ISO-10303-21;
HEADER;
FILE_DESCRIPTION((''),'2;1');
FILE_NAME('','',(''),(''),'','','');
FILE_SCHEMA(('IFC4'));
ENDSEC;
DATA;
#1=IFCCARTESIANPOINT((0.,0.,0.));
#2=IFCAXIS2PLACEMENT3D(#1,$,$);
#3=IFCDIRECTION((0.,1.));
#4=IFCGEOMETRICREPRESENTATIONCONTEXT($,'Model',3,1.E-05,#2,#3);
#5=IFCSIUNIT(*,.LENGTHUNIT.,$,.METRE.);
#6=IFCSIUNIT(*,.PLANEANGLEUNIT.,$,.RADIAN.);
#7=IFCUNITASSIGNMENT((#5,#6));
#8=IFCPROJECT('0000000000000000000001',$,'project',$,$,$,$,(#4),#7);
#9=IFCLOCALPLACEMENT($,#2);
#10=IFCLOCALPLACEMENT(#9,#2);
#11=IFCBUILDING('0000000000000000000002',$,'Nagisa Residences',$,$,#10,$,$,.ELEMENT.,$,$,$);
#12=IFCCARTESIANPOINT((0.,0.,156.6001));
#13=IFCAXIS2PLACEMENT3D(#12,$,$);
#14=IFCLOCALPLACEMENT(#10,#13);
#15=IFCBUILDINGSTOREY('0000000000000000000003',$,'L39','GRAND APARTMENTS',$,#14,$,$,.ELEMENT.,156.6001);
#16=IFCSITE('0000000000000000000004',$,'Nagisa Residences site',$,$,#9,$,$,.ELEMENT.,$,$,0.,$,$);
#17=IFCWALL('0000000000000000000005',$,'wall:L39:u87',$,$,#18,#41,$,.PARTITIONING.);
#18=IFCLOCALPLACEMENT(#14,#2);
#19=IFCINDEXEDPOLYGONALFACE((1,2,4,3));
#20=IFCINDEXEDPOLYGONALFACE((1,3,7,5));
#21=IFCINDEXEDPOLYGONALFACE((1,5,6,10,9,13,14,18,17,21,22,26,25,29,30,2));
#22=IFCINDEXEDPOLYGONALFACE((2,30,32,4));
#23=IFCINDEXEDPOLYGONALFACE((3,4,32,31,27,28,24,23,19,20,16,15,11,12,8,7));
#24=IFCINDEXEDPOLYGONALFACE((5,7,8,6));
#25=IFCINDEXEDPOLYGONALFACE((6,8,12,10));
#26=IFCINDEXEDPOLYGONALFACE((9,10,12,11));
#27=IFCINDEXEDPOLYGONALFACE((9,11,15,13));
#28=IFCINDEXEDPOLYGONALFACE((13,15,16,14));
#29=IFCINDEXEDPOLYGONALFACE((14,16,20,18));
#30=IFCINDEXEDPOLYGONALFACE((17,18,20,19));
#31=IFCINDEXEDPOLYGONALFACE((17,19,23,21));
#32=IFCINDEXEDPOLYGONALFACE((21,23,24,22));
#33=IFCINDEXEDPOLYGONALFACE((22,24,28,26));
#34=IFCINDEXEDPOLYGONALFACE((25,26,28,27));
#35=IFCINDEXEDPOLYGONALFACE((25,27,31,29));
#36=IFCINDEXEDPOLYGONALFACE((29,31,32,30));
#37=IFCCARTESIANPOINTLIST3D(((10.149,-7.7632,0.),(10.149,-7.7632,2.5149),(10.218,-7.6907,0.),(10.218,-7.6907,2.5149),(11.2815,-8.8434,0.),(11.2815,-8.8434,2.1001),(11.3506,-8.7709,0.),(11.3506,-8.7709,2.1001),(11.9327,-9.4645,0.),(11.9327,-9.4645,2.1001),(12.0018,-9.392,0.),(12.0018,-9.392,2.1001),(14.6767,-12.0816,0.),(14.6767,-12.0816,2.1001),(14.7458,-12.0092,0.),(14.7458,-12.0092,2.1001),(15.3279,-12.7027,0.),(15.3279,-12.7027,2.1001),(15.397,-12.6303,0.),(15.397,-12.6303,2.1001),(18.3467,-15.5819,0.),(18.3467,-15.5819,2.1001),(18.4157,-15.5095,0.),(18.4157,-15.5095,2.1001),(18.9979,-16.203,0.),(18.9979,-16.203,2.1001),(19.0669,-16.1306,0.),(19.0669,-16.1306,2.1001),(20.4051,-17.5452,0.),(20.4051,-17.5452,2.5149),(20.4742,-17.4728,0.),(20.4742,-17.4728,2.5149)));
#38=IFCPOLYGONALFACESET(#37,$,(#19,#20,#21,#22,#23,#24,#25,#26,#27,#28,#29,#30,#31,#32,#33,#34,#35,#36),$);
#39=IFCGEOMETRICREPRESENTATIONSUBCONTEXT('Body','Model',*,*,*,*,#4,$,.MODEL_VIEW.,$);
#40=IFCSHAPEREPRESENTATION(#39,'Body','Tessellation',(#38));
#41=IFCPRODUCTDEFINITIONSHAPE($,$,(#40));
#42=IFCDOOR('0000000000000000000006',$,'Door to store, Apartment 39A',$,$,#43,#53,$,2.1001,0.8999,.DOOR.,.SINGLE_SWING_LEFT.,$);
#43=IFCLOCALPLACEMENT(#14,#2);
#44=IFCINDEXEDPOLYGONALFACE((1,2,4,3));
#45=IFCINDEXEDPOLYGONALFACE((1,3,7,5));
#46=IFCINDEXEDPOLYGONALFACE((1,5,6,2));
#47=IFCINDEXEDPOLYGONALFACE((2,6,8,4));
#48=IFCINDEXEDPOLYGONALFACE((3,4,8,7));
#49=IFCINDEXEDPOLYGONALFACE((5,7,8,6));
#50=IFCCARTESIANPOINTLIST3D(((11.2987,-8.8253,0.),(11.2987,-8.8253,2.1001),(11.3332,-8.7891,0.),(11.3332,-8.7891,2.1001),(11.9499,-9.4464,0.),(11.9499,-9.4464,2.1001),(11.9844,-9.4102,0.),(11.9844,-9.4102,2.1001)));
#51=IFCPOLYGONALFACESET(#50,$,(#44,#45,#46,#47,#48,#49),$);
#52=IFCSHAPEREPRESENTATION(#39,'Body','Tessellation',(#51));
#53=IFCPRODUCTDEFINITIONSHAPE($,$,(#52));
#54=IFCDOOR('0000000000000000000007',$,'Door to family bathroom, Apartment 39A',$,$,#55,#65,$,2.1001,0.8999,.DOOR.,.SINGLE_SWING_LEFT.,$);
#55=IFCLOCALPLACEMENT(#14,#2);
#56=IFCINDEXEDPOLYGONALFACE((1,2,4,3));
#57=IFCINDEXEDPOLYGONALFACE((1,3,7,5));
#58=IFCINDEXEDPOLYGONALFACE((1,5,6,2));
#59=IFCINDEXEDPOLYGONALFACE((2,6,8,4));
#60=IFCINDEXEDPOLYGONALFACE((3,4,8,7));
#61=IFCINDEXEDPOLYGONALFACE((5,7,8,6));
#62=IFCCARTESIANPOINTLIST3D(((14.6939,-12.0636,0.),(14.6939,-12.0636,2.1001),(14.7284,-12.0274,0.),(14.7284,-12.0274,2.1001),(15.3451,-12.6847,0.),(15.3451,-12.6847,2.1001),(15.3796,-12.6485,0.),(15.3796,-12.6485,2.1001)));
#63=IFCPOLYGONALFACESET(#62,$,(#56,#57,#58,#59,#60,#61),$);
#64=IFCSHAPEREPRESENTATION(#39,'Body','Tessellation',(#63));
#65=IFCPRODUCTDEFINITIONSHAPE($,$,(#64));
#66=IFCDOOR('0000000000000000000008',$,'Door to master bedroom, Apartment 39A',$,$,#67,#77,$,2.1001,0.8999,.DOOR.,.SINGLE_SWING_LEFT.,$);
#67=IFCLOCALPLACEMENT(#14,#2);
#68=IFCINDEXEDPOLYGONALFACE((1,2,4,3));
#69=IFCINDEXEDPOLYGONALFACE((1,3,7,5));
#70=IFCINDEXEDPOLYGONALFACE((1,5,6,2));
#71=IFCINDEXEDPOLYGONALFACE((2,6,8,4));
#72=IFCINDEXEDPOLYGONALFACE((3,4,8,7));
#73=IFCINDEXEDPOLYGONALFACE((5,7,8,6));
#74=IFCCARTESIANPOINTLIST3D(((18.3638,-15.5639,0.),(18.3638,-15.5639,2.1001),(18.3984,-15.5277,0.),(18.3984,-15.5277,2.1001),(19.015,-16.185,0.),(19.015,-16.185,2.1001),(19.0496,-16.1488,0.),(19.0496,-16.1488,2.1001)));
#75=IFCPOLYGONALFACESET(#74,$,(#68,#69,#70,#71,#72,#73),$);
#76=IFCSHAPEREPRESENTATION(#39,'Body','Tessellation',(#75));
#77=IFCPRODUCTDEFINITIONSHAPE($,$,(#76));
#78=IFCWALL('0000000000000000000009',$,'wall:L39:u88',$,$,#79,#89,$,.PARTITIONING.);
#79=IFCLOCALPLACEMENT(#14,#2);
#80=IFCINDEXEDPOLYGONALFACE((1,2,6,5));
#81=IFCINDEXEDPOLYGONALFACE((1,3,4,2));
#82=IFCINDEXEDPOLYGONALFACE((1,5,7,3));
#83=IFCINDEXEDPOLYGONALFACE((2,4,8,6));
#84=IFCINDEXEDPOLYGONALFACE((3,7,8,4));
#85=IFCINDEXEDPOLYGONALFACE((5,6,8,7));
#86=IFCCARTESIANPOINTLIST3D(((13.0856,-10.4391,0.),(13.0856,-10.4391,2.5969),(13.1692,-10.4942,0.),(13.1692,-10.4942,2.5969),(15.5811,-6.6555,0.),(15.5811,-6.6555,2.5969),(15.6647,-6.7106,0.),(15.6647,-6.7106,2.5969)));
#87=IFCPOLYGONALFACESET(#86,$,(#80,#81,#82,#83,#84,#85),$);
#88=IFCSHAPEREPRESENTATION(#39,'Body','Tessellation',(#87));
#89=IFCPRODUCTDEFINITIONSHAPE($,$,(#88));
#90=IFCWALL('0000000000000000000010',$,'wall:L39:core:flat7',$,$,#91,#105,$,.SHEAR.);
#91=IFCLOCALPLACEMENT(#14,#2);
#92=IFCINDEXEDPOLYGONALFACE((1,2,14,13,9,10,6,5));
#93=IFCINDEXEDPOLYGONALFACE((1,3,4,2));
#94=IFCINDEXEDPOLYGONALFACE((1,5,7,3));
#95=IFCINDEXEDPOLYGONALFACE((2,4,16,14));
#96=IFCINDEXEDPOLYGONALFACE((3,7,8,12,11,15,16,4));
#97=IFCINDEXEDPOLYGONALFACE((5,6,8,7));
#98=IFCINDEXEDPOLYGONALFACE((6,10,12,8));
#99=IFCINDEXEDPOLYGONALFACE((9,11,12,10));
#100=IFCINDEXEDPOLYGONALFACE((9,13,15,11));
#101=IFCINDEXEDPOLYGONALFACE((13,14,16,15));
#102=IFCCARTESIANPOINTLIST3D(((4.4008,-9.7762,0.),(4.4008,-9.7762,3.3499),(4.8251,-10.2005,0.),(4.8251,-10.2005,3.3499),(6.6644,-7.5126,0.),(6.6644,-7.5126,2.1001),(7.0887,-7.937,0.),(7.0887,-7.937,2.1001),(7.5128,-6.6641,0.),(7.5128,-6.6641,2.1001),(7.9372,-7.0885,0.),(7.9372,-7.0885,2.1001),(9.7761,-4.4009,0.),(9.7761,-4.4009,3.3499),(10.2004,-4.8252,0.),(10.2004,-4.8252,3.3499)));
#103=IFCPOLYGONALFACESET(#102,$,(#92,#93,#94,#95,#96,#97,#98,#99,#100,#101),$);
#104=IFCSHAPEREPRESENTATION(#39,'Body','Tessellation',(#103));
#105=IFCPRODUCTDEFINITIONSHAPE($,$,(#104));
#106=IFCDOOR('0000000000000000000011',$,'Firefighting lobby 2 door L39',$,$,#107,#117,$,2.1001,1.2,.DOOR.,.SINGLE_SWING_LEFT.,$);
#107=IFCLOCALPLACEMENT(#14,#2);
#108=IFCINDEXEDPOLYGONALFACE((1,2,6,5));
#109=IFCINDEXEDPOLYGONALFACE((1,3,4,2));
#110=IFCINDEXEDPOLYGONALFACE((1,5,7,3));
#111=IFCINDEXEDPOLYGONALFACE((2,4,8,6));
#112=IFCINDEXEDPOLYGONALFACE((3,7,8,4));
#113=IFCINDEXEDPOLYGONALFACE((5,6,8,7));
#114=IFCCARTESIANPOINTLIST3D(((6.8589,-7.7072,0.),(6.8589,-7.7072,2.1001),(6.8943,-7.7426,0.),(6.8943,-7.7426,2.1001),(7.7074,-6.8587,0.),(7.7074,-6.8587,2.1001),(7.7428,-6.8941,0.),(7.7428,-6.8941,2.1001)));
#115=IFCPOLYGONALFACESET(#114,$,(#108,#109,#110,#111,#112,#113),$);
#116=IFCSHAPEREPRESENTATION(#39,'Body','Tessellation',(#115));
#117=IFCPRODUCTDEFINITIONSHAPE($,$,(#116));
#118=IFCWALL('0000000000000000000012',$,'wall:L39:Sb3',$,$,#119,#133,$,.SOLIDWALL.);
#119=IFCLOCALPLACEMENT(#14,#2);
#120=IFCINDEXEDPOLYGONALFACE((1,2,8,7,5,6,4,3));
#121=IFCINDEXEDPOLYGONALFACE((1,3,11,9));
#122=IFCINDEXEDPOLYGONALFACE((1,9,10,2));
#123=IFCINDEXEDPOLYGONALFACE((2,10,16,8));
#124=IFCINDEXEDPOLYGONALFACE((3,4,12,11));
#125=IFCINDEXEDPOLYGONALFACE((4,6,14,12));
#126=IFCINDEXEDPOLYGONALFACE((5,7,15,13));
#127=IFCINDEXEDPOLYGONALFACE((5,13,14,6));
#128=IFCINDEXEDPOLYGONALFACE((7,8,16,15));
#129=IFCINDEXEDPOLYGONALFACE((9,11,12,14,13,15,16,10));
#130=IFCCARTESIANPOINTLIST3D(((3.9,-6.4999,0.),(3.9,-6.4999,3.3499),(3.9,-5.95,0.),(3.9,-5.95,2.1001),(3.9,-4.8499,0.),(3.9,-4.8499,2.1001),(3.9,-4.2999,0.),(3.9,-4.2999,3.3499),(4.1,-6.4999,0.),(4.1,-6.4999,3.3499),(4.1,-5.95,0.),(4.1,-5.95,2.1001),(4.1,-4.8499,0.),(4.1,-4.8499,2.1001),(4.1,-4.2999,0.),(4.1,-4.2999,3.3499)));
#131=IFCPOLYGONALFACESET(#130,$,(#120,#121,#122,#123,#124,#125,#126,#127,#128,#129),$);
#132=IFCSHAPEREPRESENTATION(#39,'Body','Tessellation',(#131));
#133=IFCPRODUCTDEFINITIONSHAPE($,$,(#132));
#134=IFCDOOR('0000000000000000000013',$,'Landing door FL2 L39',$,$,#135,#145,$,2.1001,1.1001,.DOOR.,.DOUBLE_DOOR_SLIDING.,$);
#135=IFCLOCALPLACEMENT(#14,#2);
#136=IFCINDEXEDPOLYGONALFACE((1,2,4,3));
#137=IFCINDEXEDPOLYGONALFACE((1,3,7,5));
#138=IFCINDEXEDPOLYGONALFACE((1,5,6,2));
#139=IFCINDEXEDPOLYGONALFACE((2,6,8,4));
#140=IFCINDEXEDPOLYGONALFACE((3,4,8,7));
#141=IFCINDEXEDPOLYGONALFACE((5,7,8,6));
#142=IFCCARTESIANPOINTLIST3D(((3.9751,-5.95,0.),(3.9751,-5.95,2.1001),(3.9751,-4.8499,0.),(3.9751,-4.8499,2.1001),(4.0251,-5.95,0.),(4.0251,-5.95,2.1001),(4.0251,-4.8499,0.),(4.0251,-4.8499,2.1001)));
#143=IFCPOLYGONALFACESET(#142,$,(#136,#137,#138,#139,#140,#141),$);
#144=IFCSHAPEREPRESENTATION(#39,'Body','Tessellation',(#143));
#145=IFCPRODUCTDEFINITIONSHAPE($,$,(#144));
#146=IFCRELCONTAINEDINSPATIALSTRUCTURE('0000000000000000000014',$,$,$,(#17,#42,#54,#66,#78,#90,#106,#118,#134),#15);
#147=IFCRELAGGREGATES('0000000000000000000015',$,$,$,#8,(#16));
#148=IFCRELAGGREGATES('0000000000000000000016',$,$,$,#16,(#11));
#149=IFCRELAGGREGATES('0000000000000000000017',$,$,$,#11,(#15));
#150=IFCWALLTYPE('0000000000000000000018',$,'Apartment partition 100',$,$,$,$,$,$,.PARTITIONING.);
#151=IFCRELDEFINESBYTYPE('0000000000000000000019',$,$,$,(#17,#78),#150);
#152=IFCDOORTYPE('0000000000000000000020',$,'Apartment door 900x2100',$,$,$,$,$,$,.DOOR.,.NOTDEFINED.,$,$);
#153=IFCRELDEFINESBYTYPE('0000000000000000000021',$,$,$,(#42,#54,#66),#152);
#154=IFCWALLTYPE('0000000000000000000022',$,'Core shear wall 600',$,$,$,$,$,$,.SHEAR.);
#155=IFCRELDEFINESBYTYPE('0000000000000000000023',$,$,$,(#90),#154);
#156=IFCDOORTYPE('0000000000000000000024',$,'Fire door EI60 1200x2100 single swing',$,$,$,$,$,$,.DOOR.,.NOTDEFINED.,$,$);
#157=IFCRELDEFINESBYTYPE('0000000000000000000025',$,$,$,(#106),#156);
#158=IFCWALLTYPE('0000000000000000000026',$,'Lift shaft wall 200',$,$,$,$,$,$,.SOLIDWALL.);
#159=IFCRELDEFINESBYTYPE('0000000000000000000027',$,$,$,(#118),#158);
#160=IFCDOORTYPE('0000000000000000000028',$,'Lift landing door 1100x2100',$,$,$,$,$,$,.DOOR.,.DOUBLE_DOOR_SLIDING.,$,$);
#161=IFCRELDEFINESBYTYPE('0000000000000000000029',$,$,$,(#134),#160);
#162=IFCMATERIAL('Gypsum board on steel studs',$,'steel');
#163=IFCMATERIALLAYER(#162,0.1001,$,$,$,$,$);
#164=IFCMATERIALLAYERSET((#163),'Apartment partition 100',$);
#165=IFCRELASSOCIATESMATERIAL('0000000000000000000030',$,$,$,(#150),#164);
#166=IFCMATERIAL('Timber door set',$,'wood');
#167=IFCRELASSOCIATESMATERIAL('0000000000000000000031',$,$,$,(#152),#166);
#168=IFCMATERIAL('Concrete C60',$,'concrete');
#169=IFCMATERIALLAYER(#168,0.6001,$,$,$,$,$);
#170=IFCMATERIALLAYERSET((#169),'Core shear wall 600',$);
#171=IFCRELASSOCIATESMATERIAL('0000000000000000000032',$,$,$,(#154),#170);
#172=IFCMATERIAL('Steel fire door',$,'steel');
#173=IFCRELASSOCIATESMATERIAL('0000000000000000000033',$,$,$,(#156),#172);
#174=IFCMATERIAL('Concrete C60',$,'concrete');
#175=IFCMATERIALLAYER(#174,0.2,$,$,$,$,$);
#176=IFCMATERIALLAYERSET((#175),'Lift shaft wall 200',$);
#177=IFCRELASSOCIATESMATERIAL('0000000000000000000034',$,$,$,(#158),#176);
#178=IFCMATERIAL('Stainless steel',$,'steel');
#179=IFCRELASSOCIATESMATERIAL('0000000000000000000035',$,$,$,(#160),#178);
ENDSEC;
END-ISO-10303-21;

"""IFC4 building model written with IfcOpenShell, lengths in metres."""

from ifc_helpers import new_model, si_unit, direction, frame, frame_2d, origin, place, context, subcontext, project, spatial, rectangle, extrude, material, layer, layer_set, type_object, element, fill, save


model = new_model("IFC4")

# Units and contexts
model_context = context("Model", 3, precision=1e-05, world=origin(), true_north=direction((0.0, 1.0)))
body_context = subcontext(model_context, "Body", "Model", "MODEL_VIEW")
ifc_project = project(units=[si_unit("LENGTHUNIT", "METRE"), si_unit("PLANEANGLEUNIT", "RADIAN")], contexts=[model_context])

# Site, building, storey
site_placement = place(None, origin())
site = spatial("IfcSite", under=ifc_project, at=site_placement, Name="Nagisa Residences site", CompositionType="ELEMENT", RefElevation=0.0)
building_placement = place(site_placement, origin())
building = spatial("IfcBuilding", under=site, at=building_placement, Name="Nagisa Residences", CompositionType="ELEMENT")
storey_placement = place(building_placement, frame((0.0, 0.0, 156.6001)))
storey = spatial("IfcBuildingStorey", under=building, at=storey_placement, Name="L39", Description="GRAND APARTMENTS", CompositionType="ELEMENT", Elevation=156.6001)

# Wall, openings, doors
ifc_material_1 = material(Name="Gypsum board on steel studs", Category="steel")
ifc_layer_1 = layer(ifc_material_1, 0.1001)
ifc_layer_set_1 = layer_set([ifc_layer_1], Name="Apartment partition 100")
wall_type_1 = type_object("IfcWallType", Name="Apartment partition 100", PredefinedType="PARTITIONING", material=ifc_layer_set_1)
ifc_material_2 = material(Name="Timber door set", Category="wood")
door_type_1 = type_object("IfcDoorType", Name="Apartment door 900x2100", OperationType="NOTDEFINED", PredefinedType="DOOR", material=ifc_material_2)
wall_1_placement = place(storey_placement, frame((10.1836, -7.7271, 0.0), z_axis=(0.0, 0.0, 1.0), x_axis=(0.723635, -0.690183, 0.0)))
wall_1 = element("IfcWall", 1, at=wall_1_placement, inside=storey, type_object=wall_type_1, Name="wall:L39:u87", PredefinedType="PARTITIONING", context=body_context, shape_type="SweptSolid", body=[
    extrude(rectangle(XDim=14.1731, YDim=0.1001, at=frame_2d((7.0864, 0.0))), origin(), (0.0, 0.0, 1.0), 2.5149),
])
opening_1_placement = place(wall_1_placement, frame((1.5649, 0.0, 0.0)))
opening_1 = element("IfcOpeningElement", 2, at=opening_1_placement, cuts=wall_1, PredefinedType="OPENING", context=body_context, shape_type="SweptSolid", body=[
    extrude(rectangle(XDim=0.8999, YDim=2.1001, at=frame_2d((0.45, 1.05))), frame((0.0, 0.0601, 0.0), z_axis=(0.0, -1.0, 0.0), x_axis=(1.0, 0.0, 0.0)), (0.0, 0.0, 1.0), 0.1201),
])
opening_2_placement = place(wall_1_placement, frame((6.2568, 0.0, 0.0)))
opening_2 = element("IfcOpeningElement", 3, at=opening_2_placement, cuts=wall_1, PredefinedType="OPENING", context=body_context, shape_type="SweptSolid", body=[
    extrude(rectangle(XDim=0.8999, YDim=2.1001, at=frame_2d((0.45, 1.05))), frame((0.0, 0.0601, 0.0), z_axis=(0.0, -1.0, 0.0), x_axis=(1.0, 0.0, 0.0)), (0.0, 0.0, 1.0), 0.1201),
])
opening_3_placement = place(wall_1_placement, frame((11.3284, 0.0, 0.0)))
opening_3 = element("IfcOpeningElement", 4, at=opening_3_placement, cuts=wall_1, PredefinedType="OPENING", context=body_context, shape_type="SweptSolid", body=[
    extrude(rectangle(XDim=0.8999, YDim=2.1001, at=frame_2d((0.45, 1.05))), frame((0.0, 0.0601, 0.0), z_axis=(0.0, -1.0, 0.0), x_axis=(1.0, 0.0, 0.0)), (0.0, 0.0, 1.0), 0.1201),
])
door_1_placement = place(opening_1_placement, origin())
door_1 = element("IfcDoor", 5, at=door_1_placement, inside=storey, type_object=door_type_1, Name="Door to store, Apartment 39A", OperationType="SINGLE_SWING_LEFT", OverallHeight=2.1001, OverallWidth=0.8999, PredefinedType="DOOR", context=body_context, shape_type="SweptSolid", body=[
    extrude(rectangle(XDim=0.8999, YDim=2.1001, at=frame_2d((0.45, 1.05))), frame((0.0, 0.0249, 0.0), z_axis=(0.0, -1.0, 0.0), x_axis=(1.0, 0.0, 0.0)), (0.0, 0.0, 1.0), 0.05),
])
fill(opening_1, door_1)
door_2_placement = place(opening_2_placement, origin())
door_2 = element("IfcDoor", 6, at=door_2_placement, inside=storey, type_object=door_type_1, Name="Door to family bathroom, Apartment 39A", OperationType="SINGLE_SWING_LEFT", OverallHeight=2.1001, OverallWidth=0.8999, PredefinedType="DOOR", context=body_context, shape_type="SweptSolid", body=[
    extrude(rectangle(XDim=0.8999, YDim=2.1001, at=frame_2d((0.45, 1.05))), frame((0.0, 0.0249, 0.0), z_axis=(0.0, -1.0, 0.0), x_axis=(1.0, 0.0, 0.0)), (0.0, 0.0, 1.0), 0.05),
])
fill(opening_2, door_2)
door_3_placement = place(opening_3_placement, origin())
door_3 = element("IfcDoor", 7, at=door_3_placement, inside=storey, type_object=door_type_1, Name="Door to master bedroom, Apartment 39A", OperationType="SINGLE_SWING_LEFT", OverallHeight=2.1001, OverallWidth=0.8999, PredefinedType="DOOR", context=body_context, shape_type="SweptSolid", body=[
    extrude(rectangle(XDim=0.8999, YDim=2.1001, at=frame_2d((0.45, 1.05))), frame((0.0, 0.0249, 0.0), z_axis=(0.0, -1.0, 0.0), x_axis=(1.0, 0.0, 0.0)), (0.0, 0.0, 1.0), 0.05),
])
fill(opening_3, door_3)

# Wall
wall_2_placement = place(storey_placement, frame((13.1274, -10.4666, 0.0), z_axis=(0.0, 0.0, 1.0), x_axis=(0.550592, 0.834775, 0.0)))
element("IfcWall", 8, at=wall_2_placement, inside=storey, type_object=wall_type_1, Name="wall:L39:u88", PredefinedType="PARTITIONING", context=body_context, shape_type="SweptSolid", body=[
    extrude(rectangle(XDim=4.5325, YDim=0.1001, at=frame_2d((2.2661, 0.0))), origin(), (0.0, 0.0, 1.0), 2.5969),
])

# Walls, openings, doors
ifc_material_3 = material(Name="Concrete C60", Category="concrete")
ifc_layer_2 = layer(ifc_material_3, 0.6001)
ifc_layer_set_2 = layer_set([ifc_layer_2], Name="Core shear wall 600")
wall_type_2 = type_object("IfcWallType", Name="Core shear wall 600", PredefinedType="SHEAR", material=ifc_layer_set_2)
wall_3_placement = place(storey_placement, frame((4.613, -9.9883, 0.0), z_axis=(0.0, 0.0, 1.0), x_axis=(0.707107, 0.707107, 0.0)))
wall_3 = element("IfcWall", 9, at=wall_3_placement, inside=storey, type_object=wall_type_2, Name="wall:L39:core:flat7", PredefinedType="SHEAR", context=body_context, shape_type="SweptSolid", body=[
    extrude(rectangle(XDim=7.6018, YDim=0.6001, at=frame_2d((3.8008, 0.0))), origin(), (0.0, 0.0, 1.0), 3.3499),
])
opening_4_placement = place(wall_3_placement, frame((3.2009, 0.0, 0.0)))
opening_4 = element("IfcOpeningElement", 10, at=opening_4_placement, cuts=wall_3, PredefinedType="OPENING", context=body_context, shape_type="SweptSolid", body=[
    extrude(rectangle(XDim=1.2, YDim=2.1001, at=frame_2d((0.6001, 1.05))), frame((0.0, 0.3101, 0.0), z_axis=(0.0, -1.0, 0.0), x_axis=(1.0, 0.0, 0.0)), (0.0, 0.0, 1.0), 0.6201),
])
ifc_material_4 = material(Name="Steel fire door", Category="steel")
door_type_2 = type_object("IfcDoorType", Name="Fire door EI60 1200x2100 single swing", OperationType="NOTDEFINED", PredefinedType="DOOR", material=ifc_material_4)
door_4_placement = place(opening_4_placement, origin())
door_4 = element("IfcDoor", 11, at=door_4_placement, inside=storey, type_object=door_type_2, Name="Firefighting lobby 2 door L39", OperationType="SINGLE_SWING_LEFT", OverallHeight=2.1001, OverallWidth=1.2, PredefinedType="DOOR", context=body_context, shape_type="SweptSolid", body=[
    extrude(rectangle(XDim=1.2, YDim=2.1001, at=frame_2d((0.6001, 1.05))), frame((0.0, 0.0249, 0.0), z_axis=(0.0, -1.0, 0.0), x_axis=(1.0, 0.0, 0.0)), (0.0, 0.0, 1.0), 0.05),
])
fill(opening_4, door_4)
ifc_material_5 = material(Name="Concrete C60", Category="concrete")
ifc_layer_3 = layer(ifc_material_5, 0.2)
ifc_layer_set_3 = layer_set([ifc_layer_3], Name="Lift shaft wall 200")
wall_type_3 = type_object("IfcWallType", Name="Lift shaft wall 200", PredefinedType="SOLIDWALL", material=ifc_layer_set_3)
wall_4_placement = place(storey_placement, frame((4.0, -6.5, 0.0), z_axis=(0.0, 0.0, 1.0), x_axis=(0.0, 1.0, 0.0)))
wall_4 = element("IfcWall", 12, at=wall_4_placement, inside=storey, type_object=wall_type_3, Name="wall:L39:Sb3", PredefinedType="SOLIDWALL", context=body_context, shape_type="SweptSolid", body=[
    extrude(rectangle(XDim=2.2, YDim=0.2, at=frame_2d((1.1001, 0.0))), origin(), (0.0, 0.0, 1.0), 3.3499),
])
opening_5_placement = place(wall_4_placement, frame((0.55, 0.0, 0.0)))
opening_5 = element("IfcOpeningElement", 13, at=opening_5_placement, cuts=wall_4, PredefinedType="OPENING", context=body_context, shape_type="SweptSolid", body=[
    extrude(rectangle(XDim=1.1001, YDim=2.1001, at=frame_2d((0.55, 1.05))), frame((0.0, 0.1099, 0.0), z_axis=(0.0, -1.0, 0.0), x_axis=(1.0, 0.0, 0.0)), (0.0, 0.0, 1.0), 0.22),
])
ifc_material_6 = material(Name="Stainless steel", Category="steel")
door_type_3 = type_object("IfcDoorType", Name="Lift landing door 1100x2100", OperationType="DOUBLE_DOOR_SLIDING", PredefinedType="DOOR", material=ifc_material_6)
door_5_placement = place(opening_5_placement, origin())
door_5 = element("IfcDoor", 14, at=door_5_placement, inside=storey, type_object=door_type_3, Name="Landing door FL2 L39", OperationType="DOUBLE_DOOR_SLIDING", OverallHeight=2.1001, OverallWidth=1.1001, PredefinedType="DOOR", context=body_context, shape_type="SweptSolid", body=[
    extrude(rectangle(XDim=1.1001, YDim=2.1001, at=frame_2d((0.55, 1.05))), frame((0.0, 0.0249, 0.0), z_axis=(0.0, -1.0, 0.0), x_axis=(1.0, 0.0, 0.0)), (0.0, 0.0, 1.0), 0.05),
])
fill(opening_5, door_5)

save(model, "model.ifc")
